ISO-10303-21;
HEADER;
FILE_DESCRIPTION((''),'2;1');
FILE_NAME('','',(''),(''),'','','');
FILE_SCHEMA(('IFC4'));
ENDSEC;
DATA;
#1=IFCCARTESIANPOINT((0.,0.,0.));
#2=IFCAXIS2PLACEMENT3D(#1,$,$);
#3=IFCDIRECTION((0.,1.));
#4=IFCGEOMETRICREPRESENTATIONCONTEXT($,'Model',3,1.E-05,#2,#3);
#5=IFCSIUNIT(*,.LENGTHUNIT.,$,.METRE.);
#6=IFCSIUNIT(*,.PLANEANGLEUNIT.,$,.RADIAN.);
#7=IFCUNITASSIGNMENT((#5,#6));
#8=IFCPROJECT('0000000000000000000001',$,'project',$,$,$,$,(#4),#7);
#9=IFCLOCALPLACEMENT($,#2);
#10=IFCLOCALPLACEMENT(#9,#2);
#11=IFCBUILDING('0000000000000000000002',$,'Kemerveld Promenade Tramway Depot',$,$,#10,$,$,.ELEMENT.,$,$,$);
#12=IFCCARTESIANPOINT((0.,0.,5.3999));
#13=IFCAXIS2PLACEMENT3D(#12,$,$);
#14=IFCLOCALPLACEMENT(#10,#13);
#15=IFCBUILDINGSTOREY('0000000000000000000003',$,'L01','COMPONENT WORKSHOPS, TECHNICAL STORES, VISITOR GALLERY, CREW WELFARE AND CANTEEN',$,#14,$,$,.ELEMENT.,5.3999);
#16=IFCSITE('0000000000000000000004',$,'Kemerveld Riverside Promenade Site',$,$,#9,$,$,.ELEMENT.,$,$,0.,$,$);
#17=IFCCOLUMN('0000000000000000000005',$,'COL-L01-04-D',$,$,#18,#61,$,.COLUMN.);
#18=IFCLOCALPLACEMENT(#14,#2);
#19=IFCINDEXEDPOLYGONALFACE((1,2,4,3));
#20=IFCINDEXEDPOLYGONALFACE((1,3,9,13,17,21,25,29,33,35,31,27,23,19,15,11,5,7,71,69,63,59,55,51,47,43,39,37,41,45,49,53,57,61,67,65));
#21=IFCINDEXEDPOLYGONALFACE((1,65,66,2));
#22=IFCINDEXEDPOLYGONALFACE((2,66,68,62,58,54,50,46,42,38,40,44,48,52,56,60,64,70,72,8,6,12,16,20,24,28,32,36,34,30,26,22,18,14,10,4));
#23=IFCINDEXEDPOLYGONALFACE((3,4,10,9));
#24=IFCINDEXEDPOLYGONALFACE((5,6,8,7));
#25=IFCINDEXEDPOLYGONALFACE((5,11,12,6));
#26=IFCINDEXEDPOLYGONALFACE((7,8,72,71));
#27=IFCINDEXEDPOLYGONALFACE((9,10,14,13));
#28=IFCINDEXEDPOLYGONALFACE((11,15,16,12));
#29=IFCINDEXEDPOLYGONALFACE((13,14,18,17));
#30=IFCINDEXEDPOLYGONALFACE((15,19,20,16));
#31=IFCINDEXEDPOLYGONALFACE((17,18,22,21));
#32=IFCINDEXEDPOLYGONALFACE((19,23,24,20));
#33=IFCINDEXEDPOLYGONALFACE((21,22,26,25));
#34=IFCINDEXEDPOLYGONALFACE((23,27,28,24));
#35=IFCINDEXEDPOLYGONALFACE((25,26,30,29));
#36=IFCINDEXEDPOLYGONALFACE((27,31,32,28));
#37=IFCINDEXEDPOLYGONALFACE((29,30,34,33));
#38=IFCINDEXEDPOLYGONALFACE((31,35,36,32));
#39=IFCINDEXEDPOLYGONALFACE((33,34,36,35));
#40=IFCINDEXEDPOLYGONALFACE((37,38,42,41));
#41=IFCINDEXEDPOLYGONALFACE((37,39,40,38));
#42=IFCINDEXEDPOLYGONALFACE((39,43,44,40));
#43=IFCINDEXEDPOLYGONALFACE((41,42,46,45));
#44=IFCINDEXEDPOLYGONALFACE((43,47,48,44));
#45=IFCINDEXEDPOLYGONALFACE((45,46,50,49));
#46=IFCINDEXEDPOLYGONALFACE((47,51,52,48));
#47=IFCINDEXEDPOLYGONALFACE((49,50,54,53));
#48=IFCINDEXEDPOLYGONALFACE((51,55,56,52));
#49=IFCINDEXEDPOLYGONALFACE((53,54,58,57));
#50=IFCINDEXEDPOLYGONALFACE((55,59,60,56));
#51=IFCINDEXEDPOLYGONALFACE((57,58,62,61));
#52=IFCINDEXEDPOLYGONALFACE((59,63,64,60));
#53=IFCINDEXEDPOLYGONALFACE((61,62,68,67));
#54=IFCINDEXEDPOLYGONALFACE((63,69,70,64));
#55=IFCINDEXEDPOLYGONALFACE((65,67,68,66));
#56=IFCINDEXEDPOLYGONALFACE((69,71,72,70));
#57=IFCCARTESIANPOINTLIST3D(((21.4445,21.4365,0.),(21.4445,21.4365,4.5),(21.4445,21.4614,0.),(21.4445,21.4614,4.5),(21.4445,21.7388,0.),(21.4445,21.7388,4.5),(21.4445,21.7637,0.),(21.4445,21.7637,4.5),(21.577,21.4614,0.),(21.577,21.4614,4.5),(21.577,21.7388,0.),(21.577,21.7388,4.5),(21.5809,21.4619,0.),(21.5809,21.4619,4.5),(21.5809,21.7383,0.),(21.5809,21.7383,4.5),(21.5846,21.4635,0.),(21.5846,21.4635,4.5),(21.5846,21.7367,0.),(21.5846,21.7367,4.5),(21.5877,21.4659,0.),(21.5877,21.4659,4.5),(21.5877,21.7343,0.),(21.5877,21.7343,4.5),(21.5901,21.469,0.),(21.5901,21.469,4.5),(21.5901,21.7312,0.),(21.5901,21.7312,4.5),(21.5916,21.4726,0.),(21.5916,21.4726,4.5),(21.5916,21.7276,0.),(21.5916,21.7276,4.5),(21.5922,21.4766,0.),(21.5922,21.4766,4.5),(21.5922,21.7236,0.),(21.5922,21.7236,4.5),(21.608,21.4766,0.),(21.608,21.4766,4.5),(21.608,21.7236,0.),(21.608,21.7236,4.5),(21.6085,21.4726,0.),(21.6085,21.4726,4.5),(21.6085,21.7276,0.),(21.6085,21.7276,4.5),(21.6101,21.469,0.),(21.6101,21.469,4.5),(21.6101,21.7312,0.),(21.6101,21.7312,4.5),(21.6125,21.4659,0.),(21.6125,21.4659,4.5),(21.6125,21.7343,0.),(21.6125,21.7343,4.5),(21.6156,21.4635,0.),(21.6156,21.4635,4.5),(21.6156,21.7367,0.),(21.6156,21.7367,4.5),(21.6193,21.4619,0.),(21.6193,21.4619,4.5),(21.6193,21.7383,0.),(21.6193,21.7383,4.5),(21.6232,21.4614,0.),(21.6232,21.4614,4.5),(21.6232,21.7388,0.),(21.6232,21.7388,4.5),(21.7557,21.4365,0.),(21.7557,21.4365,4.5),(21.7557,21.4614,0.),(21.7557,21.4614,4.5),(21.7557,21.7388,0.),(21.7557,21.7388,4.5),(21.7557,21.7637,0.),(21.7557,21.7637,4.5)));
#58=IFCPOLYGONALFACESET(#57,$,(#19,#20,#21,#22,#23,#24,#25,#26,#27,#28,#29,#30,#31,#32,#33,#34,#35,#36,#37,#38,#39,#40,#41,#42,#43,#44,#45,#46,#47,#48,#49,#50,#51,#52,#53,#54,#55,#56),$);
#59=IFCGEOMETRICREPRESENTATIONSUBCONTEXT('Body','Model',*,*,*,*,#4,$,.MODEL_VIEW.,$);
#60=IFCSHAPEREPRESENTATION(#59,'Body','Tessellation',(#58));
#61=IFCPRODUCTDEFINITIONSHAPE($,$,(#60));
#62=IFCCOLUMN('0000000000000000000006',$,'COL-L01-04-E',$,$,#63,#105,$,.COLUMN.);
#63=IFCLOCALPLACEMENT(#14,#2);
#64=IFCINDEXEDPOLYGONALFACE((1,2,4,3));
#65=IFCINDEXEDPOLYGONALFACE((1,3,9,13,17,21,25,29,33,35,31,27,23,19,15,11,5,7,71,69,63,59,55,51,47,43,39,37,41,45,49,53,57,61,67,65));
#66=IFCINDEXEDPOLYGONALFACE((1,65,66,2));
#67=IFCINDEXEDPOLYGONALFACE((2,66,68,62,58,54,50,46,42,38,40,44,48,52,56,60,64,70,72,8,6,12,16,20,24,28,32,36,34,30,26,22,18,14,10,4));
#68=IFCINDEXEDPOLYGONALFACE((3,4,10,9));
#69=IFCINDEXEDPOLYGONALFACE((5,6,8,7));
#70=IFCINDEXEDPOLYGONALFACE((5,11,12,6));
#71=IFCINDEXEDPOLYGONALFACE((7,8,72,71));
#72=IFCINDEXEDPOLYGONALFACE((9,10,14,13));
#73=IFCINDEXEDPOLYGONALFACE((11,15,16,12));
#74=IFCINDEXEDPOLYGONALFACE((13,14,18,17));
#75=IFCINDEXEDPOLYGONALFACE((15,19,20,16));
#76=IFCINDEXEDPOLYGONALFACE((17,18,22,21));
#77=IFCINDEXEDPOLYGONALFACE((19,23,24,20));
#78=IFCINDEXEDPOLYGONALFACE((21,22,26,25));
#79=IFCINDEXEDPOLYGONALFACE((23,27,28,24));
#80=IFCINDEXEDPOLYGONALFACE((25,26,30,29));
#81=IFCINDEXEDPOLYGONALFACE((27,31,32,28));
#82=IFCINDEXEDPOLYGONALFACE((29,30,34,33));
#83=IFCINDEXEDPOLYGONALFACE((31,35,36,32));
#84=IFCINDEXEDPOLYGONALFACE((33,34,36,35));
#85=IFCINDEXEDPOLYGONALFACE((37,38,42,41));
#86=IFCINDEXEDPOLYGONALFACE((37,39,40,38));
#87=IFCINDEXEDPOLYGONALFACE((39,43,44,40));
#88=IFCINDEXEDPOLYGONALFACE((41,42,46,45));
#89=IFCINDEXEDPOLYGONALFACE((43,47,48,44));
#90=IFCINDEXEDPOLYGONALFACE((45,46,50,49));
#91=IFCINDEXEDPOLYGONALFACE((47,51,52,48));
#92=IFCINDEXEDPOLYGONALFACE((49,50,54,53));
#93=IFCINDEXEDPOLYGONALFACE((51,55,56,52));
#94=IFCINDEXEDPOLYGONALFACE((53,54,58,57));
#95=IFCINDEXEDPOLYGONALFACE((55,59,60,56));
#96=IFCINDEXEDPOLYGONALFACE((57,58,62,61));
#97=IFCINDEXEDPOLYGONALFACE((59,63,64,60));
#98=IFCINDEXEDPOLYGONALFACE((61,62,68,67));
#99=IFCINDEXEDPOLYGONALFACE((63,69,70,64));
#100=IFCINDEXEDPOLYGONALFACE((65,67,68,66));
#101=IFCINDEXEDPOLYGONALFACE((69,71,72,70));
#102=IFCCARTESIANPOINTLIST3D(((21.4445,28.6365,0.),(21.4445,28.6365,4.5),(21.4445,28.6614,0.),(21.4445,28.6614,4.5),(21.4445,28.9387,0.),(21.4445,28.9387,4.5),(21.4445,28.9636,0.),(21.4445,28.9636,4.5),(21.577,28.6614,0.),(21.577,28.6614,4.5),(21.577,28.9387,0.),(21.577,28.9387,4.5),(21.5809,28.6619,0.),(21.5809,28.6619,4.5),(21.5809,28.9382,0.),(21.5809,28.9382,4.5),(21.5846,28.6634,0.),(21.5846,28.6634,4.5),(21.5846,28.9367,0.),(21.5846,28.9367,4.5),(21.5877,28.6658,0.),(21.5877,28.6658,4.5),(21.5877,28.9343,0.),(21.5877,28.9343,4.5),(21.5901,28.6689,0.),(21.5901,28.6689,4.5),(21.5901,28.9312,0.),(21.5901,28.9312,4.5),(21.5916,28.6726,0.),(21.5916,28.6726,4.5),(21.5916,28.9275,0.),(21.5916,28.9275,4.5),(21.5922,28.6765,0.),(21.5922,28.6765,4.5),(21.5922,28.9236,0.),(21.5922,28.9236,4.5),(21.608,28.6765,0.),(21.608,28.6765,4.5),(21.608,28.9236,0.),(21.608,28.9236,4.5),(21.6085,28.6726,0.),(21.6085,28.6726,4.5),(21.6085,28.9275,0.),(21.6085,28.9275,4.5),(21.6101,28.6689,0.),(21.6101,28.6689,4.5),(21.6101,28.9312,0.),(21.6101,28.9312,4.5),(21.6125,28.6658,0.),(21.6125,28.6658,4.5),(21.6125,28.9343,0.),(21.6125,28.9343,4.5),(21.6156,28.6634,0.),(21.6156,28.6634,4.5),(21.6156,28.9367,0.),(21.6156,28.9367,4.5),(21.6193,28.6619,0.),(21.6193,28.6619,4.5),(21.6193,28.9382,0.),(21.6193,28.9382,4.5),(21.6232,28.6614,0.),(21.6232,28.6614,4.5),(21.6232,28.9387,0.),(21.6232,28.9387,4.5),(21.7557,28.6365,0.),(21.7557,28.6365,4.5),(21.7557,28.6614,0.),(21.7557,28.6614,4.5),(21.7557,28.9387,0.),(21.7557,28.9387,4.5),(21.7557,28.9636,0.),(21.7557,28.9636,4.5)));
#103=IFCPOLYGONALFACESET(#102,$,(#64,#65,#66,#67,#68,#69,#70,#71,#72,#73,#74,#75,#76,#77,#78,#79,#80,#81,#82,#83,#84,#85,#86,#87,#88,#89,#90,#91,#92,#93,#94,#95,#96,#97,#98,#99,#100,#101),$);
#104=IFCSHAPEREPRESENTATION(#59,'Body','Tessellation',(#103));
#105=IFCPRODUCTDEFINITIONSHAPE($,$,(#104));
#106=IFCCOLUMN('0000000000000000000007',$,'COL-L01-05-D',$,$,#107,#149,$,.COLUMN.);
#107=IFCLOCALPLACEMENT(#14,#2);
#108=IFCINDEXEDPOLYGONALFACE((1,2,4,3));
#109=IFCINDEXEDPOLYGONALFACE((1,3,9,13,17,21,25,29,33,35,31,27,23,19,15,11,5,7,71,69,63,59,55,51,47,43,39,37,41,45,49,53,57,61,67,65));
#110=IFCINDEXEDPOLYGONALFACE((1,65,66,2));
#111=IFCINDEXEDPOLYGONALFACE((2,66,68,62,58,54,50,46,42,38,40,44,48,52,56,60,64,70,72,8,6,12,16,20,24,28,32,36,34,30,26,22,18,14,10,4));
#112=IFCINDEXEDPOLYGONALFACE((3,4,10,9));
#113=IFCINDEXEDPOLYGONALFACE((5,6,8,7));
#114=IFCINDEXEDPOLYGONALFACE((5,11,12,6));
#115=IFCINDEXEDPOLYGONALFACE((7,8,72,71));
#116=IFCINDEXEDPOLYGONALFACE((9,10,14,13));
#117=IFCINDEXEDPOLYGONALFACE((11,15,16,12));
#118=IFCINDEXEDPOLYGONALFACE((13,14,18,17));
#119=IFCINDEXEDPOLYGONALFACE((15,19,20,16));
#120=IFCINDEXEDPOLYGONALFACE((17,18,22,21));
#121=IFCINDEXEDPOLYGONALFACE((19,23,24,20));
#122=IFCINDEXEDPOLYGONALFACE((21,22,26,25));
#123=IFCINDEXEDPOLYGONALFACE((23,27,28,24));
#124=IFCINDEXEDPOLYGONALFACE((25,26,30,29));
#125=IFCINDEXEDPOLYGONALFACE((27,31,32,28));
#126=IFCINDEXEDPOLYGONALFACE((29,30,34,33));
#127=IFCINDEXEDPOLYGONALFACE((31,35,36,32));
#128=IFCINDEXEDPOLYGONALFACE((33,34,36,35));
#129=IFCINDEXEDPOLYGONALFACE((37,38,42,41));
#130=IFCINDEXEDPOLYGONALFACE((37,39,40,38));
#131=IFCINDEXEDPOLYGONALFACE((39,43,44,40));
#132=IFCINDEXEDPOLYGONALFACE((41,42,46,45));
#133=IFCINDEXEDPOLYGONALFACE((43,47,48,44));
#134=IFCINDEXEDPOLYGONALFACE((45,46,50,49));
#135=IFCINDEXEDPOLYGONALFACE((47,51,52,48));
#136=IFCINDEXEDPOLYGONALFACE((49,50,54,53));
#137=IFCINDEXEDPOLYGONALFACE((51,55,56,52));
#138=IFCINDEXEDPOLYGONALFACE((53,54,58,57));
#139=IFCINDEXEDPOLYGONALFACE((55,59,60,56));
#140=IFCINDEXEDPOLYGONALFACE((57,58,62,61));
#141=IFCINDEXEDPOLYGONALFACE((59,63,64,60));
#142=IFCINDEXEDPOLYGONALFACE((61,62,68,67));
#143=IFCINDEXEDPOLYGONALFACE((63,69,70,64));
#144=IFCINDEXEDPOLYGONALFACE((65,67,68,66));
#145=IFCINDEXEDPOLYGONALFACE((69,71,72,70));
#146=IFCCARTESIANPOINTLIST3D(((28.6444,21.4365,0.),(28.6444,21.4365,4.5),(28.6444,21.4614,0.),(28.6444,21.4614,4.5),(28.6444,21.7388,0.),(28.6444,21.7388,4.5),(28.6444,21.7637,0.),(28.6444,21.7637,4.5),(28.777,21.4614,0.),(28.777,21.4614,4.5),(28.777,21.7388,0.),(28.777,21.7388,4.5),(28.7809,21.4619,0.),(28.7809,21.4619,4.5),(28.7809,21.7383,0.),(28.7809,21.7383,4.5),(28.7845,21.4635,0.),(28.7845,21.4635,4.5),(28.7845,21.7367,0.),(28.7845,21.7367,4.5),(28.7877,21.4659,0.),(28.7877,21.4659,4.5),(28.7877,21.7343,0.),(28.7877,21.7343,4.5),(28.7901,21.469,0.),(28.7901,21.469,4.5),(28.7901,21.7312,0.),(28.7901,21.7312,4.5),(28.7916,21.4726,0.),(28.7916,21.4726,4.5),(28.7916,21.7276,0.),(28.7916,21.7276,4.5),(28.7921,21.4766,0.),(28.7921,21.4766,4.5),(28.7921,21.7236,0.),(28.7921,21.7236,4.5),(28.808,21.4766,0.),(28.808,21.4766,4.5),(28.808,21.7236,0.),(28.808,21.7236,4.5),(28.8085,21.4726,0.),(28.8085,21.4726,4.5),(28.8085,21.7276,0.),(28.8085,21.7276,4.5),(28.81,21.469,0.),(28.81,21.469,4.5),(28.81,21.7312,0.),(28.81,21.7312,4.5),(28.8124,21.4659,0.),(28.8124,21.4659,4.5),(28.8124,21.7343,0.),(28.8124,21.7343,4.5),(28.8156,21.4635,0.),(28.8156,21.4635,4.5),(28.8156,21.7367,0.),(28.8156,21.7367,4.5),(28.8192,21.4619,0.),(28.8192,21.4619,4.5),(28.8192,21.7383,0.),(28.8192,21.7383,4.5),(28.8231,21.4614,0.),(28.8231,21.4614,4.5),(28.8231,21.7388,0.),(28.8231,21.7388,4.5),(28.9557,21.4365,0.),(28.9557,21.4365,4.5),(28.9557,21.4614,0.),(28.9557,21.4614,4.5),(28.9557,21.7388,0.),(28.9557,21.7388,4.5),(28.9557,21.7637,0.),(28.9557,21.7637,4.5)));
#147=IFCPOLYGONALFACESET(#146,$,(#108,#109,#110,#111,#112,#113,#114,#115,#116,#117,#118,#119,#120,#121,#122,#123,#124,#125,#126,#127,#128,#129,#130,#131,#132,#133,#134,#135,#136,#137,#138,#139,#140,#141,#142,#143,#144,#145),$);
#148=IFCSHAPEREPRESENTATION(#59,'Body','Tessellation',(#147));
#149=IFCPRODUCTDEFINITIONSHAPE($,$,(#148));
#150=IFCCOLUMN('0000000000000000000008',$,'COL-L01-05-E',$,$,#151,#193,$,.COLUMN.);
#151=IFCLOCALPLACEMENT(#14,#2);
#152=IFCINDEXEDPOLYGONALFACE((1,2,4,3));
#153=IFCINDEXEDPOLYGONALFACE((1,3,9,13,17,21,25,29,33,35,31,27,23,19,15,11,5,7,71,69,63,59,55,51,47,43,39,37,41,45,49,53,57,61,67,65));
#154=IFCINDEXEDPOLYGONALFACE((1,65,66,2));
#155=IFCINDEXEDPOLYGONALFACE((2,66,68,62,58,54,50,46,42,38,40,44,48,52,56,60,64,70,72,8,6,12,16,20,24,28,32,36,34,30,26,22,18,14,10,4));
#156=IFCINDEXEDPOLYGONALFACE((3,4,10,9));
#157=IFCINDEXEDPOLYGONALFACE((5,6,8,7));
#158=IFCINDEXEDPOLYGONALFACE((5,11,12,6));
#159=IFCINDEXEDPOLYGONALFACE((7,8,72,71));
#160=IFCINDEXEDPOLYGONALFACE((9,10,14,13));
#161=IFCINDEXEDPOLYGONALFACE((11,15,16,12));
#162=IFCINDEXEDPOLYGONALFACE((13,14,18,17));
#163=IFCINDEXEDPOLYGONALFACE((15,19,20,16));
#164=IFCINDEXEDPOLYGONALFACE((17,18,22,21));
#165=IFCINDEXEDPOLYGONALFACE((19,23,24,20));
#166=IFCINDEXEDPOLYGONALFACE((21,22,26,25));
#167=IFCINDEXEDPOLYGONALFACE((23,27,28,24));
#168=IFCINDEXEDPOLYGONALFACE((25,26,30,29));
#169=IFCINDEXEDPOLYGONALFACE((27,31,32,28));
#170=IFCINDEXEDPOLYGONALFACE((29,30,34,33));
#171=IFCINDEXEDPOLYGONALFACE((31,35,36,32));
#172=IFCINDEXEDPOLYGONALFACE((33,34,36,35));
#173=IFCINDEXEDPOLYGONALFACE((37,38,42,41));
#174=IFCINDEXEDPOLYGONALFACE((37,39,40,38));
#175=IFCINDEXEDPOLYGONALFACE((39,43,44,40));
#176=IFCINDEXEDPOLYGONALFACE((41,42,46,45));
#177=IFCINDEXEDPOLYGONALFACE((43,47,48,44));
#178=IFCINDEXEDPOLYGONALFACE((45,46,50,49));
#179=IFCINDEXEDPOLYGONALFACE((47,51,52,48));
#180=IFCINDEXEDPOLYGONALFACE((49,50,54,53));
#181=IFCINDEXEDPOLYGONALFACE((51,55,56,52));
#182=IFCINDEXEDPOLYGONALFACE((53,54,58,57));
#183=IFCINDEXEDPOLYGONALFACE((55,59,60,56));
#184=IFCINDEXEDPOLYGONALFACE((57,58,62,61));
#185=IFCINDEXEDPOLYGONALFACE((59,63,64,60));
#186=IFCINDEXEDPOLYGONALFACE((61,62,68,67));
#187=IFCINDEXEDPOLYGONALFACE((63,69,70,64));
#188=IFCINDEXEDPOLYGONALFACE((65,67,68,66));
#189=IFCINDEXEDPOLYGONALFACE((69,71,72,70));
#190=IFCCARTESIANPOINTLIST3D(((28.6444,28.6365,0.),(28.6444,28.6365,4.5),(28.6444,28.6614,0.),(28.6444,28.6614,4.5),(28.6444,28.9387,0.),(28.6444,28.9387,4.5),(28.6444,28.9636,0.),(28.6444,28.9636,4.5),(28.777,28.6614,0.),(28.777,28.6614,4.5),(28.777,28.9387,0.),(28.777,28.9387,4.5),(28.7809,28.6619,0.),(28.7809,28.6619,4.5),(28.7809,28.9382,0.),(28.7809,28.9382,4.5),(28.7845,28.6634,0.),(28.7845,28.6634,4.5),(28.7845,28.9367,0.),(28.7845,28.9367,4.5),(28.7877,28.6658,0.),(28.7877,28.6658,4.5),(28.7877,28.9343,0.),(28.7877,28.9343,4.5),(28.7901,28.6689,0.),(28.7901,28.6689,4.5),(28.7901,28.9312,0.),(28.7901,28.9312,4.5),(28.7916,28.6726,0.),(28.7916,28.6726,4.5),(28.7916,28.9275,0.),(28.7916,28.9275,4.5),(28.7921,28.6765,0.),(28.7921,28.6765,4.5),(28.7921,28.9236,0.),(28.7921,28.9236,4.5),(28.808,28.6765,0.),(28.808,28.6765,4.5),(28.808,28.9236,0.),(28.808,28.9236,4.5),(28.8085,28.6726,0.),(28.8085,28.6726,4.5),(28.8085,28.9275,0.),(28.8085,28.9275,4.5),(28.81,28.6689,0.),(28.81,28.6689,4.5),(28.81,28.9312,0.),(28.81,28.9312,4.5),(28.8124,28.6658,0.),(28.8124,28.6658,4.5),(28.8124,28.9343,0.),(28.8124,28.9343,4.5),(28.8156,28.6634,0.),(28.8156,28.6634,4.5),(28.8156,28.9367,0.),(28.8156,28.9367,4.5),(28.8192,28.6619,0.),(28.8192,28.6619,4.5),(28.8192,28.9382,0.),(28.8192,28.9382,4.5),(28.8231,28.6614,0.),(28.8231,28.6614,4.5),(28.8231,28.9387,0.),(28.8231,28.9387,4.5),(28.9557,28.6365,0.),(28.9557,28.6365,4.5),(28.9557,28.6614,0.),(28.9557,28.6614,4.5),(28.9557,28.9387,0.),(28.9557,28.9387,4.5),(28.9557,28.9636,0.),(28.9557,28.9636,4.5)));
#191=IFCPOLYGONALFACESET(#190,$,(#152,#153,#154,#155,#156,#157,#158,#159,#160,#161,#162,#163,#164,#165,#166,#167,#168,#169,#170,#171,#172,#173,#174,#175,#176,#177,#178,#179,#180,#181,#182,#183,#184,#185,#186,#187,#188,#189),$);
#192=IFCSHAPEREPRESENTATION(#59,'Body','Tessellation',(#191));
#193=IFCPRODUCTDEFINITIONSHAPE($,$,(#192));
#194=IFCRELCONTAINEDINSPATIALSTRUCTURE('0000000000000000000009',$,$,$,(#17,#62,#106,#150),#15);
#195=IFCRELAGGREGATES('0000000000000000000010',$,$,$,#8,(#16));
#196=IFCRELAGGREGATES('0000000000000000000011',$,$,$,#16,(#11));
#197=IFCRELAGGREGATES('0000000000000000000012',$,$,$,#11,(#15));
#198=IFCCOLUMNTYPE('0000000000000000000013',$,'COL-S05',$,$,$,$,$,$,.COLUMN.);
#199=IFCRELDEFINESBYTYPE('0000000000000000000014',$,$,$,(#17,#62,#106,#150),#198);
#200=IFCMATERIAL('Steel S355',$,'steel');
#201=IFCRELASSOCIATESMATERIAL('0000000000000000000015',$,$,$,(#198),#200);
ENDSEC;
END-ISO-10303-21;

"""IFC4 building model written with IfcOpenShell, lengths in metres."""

from ifc_helpers import new_model, si_unit, direction, frame, origin, origin_2d, place, context, subcontext, project, spatial, i_section, extrude, material, material_profile, profile_set, type_object, element, save


model = new_model("IFC4")

# Units and contexts
model_context = context("Model", 3, precision=1e-05, world=origin(), true_north=direction((0.0, 1.0)))
body_context = subcontext(model_context, "Body", "Model", "MODEL_VIEW")
ifc_project = project(units=[si_unit("LENGTHUNIT", "METRE"), si_unit("PLANEANGLEUNIT", "RADIAN")], contexts=[model_context])

# Site, building, storey
site_placement = place(None, origin())
site = spatial("IfcSite", under=ifc_project, at=site_placement, Name="Kemerveld Riverside Promenade Site", CompositionType="ELEMENT", RefElevation=0.0)
building_placement = place(site_placement, origin())
building = spatial("IfcBuilding", under=site, at=building_placement, Name="Kemerveld Promenade Tramway Depot", CompositionType="ELEMENT")
storey_placement = place(building_placement, frame((0.0, 0.0, 5.3999)))
storey = spatial("IfcBuildingStorey", under=building, at=storey_placement, Name="L01", Description="COMPONENT WORKSHOPS, TECHNICAL STORES, VISITOR GALLERY, CREW WELFARE AND CANTEEN", CompositionType="ELEMENT", Elevation=5.3999)

# Columns
ifc_material_1 = material(Name="Steel S355", Category="steel")
ifc_material_profile_1 = material_profile(ifc_material_1, i_section(OverallWidth=0.3113, OverallDepth=0.3271, WebThickness=0.0159, FlangeThickness=0.0249, FilletRadius=0.0151, at=origin_2d()), Name="305x305x158 UC")
ifc_profile_set_1 = profile_set([ifc_material_profile_1], Name="Steel S355")
column_type = type_object("IfcColumnType", Name="COL-S05", PredefinedType="COLUMN", material=ifc_profile_set_1)
for number, where, z_axis, x_axis, name in (
    (1, (21.6001, 21.6001, 0.0), (0.0, 0.0, 1.0), (1.0, 0.0, 0.0), "COL-L01-04-D"),
    (2, (21.6001, 28.8, 0.0), (0.0, 0.0, 1.0), (1.0, 0.0, 0.0), "COL-L01-04-E"),
    (3, (28.8, 21.6001, 0.0), (0.0, 0.0, 1.0), (1.0, 0.0, 0.0), "COL-L01-05-D"),
    (4, (28.8, 28.8, 0.0), (0.0, 0.0, 1.0), (1.0, 0.0, 0.0), "COL-L01-05-E"),
):
    element("IfcColumn", number, at=place(storey_placement, frame(where, z_axis=z_axis, x_axis=x_axis)), inside=storey, type_object=column_type, Name=name, PredefinedType="COLUMN", context=body_context, shape_type="SweptSolid", body=[
        extrude(i_section(OverallWidth=0.3113, OverallDepth=0.3271, WebThickness=0.0159, FlangeThickness=0.0249, FilletRadius=0.0151, at=origin_2d()), origin(), (0.0, 0.0, 1.0), 4.5),
    ])

save(model, "model.ifc")
